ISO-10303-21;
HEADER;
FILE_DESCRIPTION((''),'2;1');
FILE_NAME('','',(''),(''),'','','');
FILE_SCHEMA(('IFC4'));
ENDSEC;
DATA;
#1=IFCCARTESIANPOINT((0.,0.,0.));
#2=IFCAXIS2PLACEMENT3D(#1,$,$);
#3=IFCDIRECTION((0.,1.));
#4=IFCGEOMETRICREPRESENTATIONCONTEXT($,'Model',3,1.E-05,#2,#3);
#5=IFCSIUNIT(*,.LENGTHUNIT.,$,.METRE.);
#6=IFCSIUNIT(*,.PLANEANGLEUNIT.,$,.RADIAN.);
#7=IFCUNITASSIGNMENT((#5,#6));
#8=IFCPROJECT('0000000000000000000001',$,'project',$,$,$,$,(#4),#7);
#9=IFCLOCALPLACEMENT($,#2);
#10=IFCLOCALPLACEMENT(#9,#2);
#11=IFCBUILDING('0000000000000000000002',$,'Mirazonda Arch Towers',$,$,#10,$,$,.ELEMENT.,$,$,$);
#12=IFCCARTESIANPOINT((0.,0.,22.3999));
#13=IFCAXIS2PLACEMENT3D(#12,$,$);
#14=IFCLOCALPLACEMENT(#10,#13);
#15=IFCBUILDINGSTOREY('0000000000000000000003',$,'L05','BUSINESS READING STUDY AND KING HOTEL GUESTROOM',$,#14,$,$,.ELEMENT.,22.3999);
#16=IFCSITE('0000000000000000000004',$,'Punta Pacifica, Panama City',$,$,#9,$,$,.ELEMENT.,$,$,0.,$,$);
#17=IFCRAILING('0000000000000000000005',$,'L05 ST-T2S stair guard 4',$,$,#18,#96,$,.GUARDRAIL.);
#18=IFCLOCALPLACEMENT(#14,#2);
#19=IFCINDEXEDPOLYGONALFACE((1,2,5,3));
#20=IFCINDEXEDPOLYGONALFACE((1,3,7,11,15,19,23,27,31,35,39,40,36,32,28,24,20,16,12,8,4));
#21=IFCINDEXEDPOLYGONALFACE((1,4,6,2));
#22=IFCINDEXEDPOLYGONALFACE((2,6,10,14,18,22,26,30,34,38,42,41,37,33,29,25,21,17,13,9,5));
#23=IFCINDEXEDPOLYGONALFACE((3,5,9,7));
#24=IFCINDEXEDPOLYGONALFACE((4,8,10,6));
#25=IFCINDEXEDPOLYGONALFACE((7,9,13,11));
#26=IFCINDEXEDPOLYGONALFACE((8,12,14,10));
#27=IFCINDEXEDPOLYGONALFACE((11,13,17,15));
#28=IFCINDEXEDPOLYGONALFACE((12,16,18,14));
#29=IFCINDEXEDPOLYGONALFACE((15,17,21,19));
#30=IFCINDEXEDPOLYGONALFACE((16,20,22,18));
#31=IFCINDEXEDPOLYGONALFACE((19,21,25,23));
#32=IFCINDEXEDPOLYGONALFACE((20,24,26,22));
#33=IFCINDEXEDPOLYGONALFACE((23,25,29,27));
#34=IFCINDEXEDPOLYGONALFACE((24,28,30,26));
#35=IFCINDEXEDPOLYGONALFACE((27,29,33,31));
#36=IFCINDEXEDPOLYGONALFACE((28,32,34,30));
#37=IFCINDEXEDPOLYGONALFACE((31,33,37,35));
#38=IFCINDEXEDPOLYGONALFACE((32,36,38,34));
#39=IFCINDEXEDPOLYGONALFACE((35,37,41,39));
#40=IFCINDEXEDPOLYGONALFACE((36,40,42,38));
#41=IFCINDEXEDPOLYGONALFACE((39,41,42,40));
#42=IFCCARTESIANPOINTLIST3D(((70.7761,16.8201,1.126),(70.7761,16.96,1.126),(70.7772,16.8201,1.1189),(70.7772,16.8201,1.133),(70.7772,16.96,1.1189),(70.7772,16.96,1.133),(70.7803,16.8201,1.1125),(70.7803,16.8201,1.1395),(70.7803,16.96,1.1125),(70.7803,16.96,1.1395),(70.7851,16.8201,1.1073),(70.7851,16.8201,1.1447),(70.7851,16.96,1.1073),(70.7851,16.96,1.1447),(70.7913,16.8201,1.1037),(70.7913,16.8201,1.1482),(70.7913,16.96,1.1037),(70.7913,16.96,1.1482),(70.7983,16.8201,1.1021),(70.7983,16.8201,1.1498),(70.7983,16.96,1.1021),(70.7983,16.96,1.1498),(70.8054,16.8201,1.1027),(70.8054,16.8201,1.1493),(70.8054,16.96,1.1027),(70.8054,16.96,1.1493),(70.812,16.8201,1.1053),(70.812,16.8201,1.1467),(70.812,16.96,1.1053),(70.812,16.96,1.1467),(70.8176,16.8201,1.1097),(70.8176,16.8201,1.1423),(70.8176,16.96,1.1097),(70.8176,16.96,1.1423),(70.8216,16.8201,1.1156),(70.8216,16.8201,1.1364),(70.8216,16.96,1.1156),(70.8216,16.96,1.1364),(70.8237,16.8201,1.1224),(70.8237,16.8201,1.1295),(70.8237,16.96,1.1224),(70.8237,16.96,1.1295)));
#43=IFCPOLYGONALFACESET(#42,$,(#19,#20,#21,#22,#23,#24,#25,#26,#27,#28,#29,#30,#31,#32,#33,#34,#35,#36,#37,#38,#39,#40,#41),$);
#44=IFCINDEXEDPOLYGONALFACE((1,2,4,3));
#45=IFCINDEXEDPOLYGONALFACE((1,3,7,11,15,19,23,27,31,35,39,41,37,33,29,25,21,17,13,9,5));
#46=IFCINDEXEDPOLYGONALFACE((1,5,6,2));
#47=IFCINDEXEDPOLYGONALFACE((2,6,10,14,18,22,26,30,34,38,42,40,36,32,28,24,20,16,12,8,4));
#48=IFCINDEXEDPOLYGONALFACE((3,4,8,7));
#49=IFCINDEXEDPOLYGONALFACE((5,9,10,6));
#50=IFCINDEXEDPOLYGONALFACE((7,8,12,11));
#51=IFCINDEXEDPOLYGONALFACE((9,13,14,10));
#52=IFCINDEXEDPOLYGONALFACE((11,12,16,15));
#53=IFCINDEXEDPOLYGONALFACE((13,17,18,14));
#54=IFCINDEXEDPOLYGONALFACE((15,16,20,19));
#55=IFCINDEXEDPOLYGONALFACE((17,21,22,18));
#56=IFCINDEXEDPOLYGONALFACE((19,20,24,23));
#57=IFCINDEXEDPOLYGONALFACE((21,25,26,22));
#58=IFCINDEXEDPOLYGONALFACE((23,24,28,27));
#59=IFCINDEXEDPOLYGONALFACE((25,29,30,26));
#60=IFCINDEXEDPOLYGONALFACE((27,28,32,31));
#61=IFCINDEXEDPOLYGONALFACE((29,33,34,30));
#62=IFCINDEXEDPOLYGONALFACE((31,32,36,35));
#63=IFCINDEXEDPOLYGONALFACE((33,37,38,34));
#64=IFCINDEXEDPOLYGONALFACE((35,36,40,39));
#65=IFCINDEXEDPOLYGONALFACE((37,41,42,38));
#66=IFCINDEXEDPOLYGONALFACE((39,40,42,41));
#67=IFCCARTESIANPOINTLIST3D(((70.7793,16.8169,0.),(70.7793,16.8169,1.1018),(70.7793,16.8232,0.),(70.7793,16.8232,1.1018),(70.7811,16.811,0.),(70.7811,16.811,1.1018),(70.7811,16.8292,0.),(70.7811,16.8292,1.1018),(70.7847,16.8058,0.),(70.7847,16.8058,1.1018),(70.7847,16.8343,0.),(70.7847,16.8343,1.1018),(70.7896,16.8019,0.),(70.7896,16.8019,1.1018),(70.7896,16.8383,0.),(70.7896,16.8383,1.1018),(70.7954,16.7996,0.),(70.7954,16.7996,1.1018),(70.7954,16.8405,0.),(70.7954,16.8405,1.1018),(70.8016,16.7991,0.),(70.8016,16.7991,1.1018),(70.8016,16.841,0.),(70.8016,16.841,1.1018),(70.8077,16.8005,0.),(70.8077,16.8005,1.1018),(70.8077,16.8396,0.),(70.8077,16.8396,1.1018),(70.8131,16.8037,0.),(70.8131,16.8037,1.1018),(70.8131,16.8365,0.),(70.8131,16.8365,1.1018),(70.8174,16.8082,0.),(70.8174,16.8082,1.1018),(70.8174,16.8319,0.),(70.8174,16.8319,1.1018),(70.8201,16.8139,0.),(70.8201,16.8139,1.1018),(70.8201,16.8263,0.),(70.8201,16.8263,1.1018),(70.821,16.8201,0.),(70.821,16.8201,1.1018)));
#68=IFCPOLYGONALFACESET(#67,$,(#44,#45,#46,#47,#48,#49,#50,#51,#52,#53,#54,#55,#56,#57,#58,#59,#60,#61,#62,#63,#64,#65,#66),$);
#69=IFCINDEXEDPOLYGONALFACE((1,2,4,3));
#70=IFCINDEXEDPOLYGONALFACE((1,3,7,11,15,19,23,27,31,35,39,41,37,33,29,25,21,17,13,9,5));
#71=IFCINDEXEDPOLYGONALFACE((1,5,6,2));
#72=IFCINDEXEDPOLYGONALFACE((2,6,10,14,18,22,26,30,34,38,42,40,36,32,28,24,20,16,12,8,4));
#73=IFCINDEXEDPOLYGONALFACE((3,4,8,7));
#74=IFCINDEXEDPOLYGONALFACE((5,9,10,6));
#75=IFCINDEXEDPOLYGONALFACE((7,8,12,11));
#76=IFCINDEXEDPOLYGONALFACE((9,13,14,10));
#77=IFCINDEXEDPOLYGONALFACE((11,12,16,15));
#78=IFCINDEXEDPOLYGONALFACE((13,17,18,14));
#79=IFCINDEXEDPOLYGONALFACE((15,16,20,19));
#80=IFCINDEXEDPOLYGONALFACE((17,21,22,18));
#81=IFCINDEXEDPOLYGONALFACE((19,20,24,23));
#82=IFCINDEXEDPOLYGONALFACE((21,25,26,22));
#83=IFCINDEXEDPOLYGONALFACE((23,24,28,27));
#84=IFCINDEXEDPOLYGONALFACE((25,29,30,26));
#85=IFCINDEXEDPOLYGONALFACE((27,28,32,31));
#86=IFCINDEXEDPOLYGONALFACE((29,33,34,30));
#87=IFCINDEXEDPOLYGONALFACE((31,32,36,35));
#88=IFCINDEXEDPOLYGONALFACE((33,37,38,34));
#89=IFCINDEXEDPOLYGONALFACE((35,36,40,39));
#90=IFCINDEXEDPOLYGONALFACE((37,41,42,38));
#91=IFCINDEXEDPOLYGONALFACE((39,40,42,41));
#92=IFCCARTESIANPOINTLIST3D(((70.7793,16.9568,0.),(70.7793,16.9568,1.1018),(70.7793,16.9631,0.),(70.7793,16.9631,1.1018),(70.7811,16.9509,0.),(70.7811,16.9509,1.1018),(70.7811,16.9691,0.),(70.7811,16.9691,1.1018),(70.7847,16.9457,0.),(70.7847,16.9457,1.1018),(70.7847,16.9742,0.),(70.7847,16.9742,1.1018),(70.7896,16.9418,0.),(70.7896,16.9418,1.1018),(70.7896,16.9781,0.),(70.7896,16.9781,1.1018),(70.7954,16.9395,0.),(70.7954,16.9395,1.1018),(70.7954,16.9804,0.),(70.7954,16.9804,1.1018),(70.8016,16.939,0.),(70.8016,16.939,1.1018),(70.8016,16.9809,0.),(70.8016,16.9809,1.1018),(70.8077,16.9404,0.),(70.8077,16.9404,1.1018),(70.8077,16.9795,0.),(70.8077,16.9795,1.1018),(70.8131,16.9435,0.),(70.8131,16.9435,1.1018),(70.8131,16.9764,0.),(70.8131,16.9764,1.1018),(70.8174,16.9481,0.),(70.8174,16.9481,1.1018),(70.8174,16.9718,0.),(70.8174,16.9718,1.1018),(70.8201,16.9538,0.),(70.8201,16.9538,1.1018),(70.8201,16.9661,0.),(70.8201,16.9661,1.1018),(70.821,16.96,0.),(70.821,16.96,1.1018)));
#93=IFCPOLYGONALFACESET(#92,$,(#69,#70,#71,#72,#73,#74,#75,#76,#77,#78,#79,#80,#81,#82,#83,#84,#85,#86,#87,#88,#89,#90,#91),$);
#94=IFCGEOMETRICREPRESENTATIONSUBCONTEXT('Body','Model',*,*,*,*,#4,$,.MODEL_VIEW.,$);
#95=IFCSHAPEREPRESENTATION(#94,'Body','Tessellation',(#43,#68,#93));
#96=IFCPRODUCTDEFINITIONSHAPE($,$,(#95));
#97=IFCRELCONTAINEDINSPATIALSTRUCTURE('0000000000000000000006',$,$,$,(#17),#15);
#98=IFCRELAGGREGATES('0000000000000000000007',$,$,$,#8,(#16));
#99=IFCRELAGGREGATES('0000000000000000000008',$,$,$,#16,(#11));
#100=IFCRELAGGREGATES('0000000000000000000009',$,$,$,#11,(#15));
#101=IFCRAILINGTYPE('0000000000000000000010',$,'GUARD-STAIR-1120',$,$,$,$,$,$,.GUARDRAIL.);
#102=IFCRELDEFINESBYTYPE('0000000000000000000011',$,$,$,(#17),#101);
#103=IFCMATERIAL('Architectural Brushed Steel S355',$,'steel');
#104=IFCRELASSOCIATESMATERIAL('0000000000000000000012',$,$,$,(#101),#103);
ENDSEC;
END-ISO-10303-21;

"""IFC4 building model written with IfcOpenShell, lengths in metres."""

from ifc_helpers import new_model, si_unit, direction, frame, origin, origin_2d, place, context, subcontext, project, spatial, circle, extrude, material, type_object, element, save


model = new_model("IFC4")

# Units and contexts
model_context = context("Model", 3, precision=1e-05, world=origin(), true_north=direction((0.0, 1.0)))
body_context = subcontext(model_context, "Body", "Model", "MODEL_VIEW")
ifc_project = project(units=[si_unit("LENGTHUNIT", "METRE"), si_unit("PLANEANGLEUNIT", "RADIAN")], contexts=[model_context])

# Site, building, storey
site_placement = place(None, origin())
site = spatial("IfcSite", under=ifc_project, at=site_placement, Name="Punta Pacifica, Panama City", CompositionType="ELEMENT", RefElevation=0.0)
building_placement = place(site_placement, origin())
building = spatial("IfcBuilding", under=site, at=building_placement, Name="Mirazonda Arch Towers", CompositionType="ELEMENT")
storey_placement = place(building_placement, frame((0.0, 0.0, 22.3999)))
storey = spatial("IfcBuildingStorey", under=building, at=storey_placement, Name="L05", Description="BUSINESS READING STUDY AND KING HOTEL GUESTROOM", CompositionType="ELEMENT", Elevation=22.3999)

# Railing
ifc_material_1 = material(Name="Architectural Brushed Steel S355", Category="steel")
railing_type_1 = type_object("IfcRailingType", Name="GUARD-STAIR-1120", PredefinedType="GUARDRAIL", material=ifc_material_1)
railing_1_placement = place(storey_placement, frame((70.8, 16.8201, 0.0)))
element("IfcRailing", 1, at=railing_1_placement, inside=storey, type_object=railing_type_1, Name="L05 ST-T2S stair guard 4", PredefinedType="GUARDRAIL", context=body_context, shape_type="SweptSolid", body=[
    extrude(circle(Radius=0.0239, at=origin_2d()), frame((0.0, 0.0, 1.126), z_axis=(0.0, 1.0, 0.0), x_axis=(-1.0, 0.0, 0.0)), (0.0, 0.0, 1.0), 0.1399),
    extrude(circle(Radius=0.021, at=origin_2d()), origin(), (0.0, 0.0, 1.0), 1.1018),
    extrude(circle(Radius=0.021, at=origin_2d()), frame((0.0, 0.1399, 0.0)), (0.0, 0.0, 1.0), 1.1018),
])

save(model, "model.ifc")
